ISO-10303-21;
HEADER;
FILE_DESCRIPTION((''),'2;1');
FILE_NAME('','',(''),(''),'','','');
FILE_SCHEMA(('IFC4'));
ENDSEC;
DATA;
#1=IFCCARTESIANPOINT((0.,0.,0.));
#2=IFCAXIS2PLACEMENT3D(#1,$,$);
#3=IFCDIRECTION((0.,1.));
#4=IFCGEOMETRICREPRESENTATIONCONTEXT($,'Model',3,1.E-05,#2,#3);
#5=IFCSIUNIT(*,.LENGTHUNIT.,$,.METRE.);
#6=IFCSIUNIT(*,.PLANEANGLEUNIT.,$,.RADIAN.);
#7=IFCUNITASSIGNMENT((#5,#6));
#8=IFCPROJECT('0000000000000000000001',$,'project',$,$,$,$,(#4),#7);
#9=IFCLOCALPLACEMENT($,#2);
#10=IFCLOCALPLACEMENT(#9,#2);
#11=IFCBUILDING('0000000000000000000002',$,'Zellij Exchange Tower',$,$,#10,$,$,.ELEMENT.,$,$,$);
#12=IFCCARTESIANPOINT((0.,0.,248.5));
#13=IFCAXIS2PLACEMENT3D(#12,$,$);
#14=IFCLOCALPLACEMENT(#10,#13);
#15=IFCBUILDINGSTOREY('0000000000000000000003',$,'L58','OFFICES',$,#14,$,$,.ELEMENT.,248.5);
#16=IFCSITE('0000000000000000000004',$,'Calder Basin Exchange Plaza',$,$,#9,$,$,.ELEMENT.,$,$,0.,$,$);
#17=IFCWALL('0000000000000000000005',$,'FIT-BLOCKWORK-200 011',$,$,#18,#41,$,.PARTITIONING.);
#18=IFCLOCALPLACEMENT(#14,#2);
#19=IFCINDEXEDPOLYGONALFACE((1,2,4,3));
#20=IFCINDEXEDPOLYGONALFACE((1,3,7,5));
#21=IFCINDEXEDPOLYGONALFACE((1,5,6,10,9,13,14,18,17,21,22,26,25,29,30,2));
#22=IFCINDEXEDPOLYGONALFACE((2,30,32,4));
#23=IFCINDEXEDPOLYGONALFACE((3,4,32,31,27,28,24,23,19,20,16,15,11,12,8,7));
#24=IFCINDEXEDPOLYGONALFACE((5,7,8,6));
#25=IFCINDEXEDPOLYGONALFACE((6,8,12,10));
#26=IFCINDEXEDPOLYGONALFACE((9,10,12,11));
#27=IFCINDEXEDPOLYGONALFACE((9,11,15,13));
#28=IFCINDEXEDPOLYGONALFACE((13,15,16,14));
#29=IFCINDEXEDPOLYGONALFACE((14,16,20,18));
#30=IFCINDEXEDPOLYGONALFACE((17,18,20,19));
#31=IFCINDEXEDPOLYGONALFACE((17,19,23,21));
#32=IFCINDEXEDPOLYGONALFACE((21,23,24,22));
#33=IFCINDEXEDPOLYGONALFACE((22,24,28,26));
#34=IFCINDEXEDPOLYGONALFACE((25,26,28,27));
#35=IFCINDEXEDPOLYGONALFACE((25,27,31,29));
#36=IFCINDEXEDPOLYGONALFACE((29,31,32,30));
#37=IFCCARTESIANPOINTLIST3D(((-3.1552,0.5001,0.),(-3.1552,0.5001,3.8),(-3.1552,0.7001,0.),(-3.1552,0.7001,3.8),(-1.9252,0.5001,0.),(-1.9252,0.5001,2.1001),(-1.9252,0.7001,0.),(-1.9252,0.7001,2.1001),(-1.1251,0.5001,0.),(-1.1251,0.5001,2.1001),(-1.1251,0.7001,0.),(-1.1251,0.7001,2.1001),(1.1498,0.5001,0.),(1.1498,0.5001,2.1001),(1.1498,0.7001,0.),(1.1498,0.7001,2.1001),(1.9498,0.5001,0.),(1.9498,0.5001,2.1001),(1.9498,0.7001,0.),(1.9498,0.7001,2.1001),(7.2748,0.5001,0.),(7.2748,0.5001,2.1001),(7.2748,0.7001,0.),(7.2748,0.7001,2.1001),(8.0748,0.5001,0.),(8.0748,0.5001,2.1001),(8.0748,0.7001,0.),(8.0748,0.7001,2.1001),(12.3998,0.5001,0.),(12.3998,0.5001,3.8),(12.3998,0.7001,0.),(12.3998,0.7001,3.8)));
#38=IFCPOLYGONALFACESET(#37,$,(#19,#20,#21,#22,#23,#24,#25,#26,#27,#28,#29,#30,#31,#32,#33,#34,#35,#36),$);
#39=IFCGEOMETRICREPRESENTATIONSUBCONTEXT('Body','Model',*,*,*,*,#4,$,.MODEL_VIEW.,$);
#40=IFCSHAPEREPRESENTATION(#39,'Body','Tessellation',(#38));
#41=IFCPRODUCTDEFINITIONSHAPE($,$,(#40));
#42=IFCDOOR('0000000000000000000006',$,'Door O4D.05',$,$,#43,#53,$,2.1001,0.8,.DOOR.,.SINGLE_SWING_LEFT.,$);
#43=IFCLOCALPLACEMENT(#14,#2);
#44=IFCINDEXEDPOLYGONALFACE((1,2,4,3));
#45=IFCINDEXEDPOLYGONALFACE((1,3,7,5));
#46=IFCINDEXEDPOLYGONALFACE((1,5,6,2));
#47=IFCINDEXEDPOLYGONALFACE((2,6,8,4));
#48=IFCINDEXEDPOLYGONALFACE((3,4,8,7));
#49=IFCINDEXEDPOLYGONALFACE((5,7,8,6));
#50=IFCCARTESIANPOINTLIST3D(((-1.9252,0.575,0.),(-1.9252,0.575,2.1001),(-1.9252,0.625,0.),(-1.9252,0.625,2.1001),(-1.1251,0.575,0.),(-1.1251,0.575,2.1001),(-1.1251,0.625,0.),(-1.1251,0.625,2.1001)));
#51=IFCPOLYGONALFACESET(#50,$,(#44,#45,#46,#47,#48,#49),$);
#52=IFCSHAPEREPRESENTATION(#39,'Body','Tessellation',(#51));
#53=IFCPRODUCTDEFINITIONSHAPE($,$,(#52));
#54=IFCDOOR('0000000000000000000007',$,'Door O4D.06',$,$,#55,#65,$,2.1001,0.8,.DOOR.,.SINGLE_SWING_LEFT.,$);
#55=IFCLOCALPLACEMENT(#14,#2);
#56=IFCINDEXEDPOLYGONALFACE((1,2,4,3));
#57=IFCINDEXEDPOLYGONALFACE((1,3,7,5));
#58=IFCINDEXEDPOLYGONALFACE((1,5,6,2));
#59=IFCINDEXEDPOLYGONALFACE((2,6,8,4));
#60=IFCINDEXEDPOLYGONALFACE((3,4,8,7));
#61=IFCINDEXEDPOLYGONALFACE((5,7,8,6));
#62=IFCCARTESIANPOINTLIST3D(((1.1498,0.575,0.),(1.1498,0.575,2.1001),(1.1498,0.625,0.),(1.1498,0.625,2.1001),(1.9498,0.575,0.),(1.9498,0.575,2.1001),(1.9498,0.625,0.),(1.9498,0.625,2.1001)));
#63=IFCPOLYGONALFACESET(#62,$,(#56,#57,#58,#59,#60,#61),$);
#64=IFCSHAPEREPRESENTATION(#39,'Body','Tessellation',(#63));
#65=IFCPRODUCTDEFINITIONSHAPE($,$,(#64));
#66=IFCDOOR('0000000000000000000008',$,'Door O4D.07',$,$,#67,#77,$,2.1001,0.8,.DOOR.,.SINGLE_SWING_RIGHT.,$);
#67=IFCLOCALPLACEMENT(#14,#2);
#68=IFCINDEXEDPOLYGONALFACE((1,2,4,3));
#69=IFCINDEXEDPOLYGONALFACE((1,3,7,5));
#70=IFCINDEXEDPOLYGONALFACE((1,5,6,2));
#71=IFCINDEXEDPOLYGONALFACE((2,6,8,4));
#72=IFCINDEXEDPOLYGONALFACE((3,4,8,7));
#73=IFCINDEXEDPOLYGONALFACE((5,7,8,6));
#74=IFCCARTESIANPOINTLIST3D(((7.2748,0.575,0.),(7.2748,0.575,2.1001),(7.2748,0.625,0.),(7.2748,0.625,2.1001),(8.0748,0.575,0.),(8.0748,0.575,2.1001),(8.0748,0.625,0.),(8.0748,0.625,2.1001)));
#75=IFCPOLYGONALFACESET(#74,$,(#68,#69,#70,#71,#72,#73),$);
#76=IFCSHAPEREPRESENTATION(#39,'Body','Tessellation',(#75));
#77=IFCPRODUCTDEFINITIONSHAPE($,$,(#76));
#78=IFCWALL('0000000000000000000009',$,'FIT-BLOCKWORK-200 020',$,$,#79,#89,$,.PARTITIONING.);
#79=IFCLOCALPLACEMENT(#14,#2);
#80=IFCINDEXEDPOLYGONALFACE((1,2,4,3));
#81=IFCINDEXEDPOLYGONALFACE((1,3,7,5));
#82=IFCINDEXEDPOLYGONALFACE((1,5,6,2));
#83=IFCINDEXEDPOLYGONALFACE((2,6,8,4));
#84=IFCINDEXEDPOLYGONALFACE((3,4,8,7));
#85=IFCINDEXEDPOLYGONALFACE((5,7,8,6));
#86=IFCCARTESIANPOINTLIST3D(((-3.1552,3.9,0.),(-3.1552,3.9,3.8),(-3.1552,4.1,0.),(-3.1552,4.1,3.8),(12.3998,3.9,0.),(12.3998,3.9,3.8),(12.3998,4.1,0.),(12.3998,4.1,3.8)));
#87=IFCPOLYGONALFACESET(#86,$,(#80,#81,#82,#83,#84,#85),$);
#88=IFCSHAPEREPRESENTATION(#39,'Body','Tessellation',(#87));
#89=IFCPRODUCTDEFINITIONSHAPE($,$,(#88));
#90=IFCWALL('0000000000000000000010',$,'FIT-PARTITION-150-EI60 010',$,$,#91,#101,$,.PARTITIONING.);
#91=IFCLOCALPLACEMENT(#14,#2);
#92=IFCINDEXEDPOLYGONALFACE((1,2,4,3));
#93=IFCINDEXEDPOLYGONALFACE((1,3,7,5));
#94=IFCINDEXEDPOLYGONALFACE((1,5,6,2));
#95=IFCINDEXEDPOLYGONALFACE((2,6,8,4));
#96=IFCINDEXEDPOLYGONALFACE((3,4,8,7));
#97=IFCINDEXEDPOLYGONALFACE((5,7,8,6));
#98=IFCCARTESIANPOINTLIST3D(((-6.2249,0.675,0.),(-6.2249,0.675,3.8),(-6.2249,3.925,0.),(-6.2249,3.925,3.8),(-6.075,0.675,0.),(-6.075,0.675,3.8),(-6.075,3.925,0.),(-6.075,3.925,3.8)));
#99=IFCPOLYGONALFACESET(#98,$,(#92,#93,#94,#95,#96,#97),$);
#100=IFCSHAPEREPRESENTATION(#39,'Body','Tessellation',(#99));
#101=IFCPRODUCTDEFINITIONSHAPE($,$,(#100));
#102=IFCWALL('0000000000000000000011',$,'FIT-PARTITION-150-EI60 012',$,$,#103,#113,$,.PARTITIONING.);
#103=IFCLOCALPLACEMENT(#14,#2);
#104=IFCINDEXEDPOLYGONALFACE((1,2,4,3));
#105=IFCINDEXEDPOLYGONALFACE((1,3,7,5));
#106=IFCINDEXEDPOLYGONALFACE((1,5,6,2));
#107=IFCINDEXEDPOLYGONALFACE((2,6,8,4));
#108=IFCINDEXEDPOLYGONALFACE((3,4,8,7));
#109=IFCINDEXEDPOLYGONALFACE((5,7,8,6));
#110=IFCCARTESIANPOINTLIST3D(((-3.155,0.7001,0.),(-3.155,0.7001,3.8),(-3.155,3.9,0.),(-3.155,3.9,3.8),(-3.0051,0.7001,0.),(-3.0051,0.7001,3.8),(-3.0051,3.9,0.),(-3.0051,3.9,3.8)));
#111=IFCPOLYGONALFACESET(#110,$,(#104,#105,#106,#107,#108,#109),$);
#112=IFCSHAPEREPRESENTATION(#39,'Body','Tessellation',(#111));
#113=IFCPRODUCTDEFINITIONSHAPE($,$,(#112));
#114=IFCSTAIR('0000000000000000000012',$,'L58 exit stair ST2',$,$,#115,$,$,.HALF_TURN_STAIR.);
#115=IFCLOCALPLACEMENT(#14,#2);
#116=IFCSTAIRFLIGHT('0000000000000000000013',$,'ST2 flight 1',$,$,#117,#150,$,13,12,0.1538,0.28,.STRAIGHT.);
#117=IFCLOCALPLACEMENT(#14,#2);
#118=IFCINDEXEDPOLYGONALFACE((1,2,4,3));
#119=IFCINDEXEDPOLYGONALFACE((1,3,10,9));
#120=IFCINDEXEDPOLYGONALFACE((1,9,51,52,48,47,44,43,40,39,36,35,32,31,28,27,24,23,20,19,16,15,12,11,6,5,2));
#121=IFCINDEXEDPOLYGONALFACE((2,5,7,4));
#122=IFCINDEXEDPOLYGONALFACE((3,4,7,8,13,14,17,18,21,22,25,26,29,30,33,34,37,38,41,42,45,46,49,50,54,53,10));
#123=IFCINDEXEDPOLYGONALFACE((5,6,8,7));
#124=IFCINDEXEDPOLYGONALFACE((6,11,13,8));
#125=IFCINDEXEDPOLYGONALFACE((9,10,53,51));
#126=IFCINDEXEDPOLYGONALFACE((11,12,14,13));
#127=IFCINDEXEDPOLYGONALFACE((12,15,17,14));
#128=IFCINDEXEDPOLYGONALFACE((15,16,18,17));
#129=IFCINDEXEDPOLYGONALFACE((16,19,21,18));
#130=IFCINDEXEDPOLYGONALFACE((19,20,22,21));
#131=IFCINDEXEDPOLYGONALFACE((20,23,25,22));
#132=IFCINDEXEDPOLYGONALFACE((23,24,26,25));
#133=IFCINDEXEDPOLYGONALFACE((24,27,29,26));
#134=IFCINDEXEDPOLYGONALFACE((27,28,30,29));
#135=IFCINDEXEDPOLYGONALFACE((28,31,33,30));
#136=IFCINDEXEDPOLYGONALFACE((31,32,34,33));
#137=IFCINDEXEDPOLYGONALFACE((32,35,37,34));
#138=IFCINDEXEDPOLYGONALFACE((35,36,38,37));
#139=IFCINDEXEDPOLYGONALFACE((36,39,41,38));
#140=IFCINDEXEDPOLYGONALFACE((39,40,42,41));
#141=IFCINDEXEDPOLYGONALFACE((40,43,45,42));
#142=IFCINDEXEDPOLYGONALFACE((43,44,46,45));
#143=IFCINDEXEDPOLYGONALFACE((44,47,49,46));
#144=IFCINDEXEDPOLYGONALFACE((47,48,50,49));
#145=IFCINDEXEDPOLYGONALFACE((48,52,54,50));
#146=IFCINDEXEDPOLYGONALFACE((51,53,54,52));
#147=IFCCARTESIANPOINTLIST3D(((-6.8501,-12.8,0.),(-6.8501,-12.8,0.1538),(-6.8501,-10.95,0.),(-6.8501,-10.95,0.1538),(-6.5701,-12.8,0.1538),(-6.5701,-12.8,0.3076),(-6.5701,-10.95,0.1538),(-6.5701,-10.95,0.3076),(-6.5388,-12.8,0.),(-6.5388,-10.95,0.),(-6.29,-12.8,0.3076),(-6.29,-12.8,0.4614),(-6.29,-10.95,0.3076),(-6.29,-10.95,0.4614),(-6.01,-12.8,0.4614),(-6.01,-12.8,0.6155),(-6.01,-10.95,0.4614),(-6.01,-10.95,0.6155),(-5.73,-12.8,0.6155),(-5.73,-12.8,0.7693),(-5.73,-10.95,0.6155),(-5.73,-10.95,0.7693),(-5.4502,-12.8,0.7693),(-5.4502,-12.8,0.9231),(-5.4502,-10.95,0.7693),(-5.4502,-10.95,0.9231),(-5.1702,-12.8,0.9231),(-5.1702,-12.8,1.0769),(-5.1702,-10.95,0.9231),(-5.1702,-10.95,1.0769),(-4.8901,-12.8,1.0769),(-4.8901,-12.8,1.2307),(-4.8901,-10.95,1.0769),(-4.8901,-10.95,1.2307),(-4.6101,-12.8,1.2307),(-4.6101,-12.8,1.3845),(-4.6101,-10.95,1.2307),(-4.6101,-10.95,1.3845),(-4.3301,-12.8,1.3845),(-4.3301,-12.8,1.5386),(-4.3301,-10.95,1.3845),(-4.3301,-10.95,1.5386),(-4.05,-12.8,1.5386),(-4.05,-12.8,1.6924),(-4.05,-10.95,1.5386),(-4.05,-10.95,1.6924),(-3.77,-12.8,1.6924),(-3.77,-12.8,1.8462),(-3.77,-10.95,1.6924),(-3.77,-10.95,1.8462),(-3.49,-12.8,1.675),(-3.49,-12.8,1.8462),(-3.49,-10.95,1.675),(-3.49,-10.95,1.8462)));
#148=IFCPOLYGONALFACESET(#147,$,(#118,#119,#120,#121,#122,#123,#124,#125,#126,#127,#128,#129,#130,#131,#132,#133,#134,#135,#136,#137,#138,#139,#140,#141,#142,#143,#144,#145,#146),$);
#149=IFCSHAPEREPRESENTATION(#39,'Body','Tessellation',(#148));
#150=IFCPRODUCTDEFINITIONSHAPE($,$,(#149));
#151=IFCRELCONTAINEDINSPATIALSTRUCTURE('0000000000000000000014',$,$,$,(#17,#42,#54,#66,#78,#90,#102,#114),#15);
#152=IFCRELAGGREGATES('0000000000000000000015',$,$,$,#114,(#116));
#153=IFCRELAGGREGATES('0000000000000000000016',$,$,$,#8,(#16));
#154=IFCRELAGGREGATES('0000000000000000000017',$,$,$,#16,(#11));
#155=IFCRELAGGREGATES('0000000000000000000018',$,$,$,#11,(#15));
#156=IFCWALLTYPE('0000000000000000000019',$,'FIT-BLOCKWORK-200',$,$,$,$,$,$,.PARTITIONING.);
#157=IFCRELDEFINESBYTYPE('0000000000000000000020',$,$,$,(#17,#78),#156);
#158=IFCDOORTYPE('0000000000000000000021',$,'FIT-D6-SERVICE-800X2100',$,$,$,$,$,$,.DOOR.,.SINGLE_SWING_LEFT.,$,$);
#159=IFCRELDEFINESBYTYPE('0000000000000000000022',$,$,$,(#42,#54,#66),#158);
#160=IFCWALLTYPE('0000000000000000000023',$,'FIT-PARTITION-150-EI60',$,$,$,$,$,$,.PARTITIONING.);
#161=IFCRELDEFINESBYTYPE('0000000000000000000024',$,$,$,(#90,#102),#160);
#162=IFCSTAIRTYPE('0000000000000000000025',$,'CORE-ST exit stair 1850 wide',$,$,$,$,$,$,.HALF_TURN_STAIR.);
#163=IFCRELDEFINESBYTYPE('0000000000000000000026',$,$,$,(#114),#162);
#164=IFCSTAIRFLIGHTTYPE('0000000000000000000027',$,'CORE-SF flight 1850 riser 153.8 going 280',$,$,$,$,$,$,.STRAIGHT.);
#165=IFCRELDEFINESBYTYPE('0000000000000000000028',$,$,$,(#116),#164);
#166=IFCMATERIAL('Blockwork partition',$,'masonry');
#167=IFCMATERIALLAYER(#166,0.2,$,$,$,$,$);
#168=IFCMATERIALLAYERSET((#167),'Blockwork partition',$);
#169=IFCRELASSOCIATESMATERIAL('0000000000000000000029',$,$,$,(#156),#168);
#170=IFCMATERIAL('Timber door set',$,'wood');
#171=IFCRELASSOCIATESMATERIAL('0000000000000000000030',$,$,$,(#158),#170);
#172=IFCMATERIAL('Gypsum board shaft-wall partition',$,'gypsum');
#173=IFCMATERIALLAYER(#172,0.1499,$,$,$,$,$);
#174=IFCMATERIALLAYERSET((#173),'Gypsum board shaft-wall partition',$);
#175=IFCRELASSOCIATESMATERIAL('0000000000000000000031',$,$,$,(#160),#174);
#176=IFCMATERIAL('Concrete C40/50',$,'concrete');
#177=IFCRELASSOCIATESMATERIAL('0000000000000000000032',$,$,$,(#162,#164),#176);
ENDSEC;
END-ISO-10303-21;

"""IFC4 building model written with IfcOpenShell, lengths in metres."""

from ifc_helpers import new_model, si_unit, direction, frame, frame_2d, origin, place, context, subcontext, project, spatial, polyline, rectangle, outline, extrude, material, layer, layer_set, type_object, element, fill, aggregate, save


model = new_model("IFC4")

# Units and contexts
model_context = context("Model", 3, precision=1e-05, world=origin(), true_north=direction((0.0, 1.0)))
body_context = subcontext(model_context, "Body", "Model", "MODEL_VIEW")
ifc_project = project(units=[si_unit("LENGTHUNIT", "METRE"), si_unit("PLANEANGLEUNIT", "RADIAN")], contexts=[model_context])

# Site, building, storey
site_placement = place(None, origin())
site = spatial("IfcSite", under=ifc_project, at=site_placement, Name="Calder Basin Exchange Plaza", CompositionType="ELEMENT", RefElevation=0.0)
building_placement = place(site_placement, origin())
building = spatial("IfcBuilding", under=site, at=building_placement, Name="Zellij Exchange Tower", CompositionType="ELEMENT")
storey_placement = place(building_placement, frame((0.0, 0.0, 248.5)))
storey = spatial("IfcBuildingStorey", under=building, at=storey_placement, Name="L58", Description="OFFICES", CompositionType="ELEMENT", Elevation=248.5)

# Shared definitions
ifc_material_1 = material(Name="Concrete C40/50", Category="concrete")

# Wall, openings, doors
ifc_material_2 = material(Name="Blockwork partition", Category="masonry")
ifc_layer_1 = layer(ifc_material_2, 0.2)
ifc_layer_set_1 = layer_set([ifc_layer_1], Name="Blockwork partition")
wall_type_1 = type_object("IfcWallType", Name="FIT-BLOCKWORK-200", PredefinedType="PARTITIONING", material=ifc_layer_set_1)
wall_1_placement = place(storey_placement, frame((-3.155, 0.6001, 0.0), z_axis=(0.0, 0.0, 1.0), x_axis=(1.0, 0.0, 0.0)))
wall_1 = element("IfcWall", 1, at=wall_1_placement, inside=storey, type_object=wall_type_1, Name="FIT-BLOCKWORK-200 011", PredefinedType="PARTITIONING", context=body_context, shape_type="SweptSolid", body=[
    extrude(rectangle(XDim=15.5549, YDim=0.2, at=frame_2d((7.7773, 0.0))), origin(), (0.0, 0.0, 1.0), 3.8),
])
opening_1_placement = place(wall_1_placement, frame((1.23, 0.0, 0.0)))
opening_1 = element("IfcOpeningElement", 2, at=opening_1_placement, cuts=wall_1, PredefinedType="OPENING", context=body_context, shape_type="SweptSolid", body=[
    extrude(rectangle(XDim=0.8, YDim=2.1001, at=frame_2d((0.3999, 1.05))), frame((0.0, 0.1118, 0.0), z_axis=(0.0, -1.0, 0.0), x_axis=(1.0, 0.0, 0.0)), (0.0, 0.0, 1.0), 0.2239),
])
opening_2_placement = place(wall_1_placement, frame((4.3049, 0.0, 0.0)))
opening_2 = element("IfcOpeningElement", 3, at=opening_2_placement, cuts=wall_1, PredefinedType="OPENING", context=body_context, shape_type="SweptSolid", body=[
    extrude(rectangle(XDim=0.8, YDim=2.1001, at=frame_2d((0.3999, 1.05))), frame((0.0, 0.1118, 0.0), z_axis=(0.0, -1.0, 0.0), x_axis=(1.0, 0.0, 0.0)), (0.0, 0.0, 1.0), 0.2239),
])
opening_3_placement = place(wall_1_placement, frame((10.4299, 0.0, 0.0)))
opening_3 = element("IfcOpeningElement", 4, at=opening_3_placement, cuts=wall_1, PredefinedType="OPENING", context=body_context, shape_type="SweptSolid", body=[
    extrude(rectangle(XDim=0.8, YDim=2.1001, at=frame_2d((0.3999, 1.05))), frame((0.0, 0.1118, 0.0), z_axis=(0.0, -1.0, 0.0), x_axis=(1.0, 0.0, 0.0)), (0.0, 0.0, 1.0), 0.2239),
])
ifc_material_3 = material(Name="Timber door set", Category="wood")
door_type_1 = type_object("IfcDoorType", Name="FIT-D6-SERVICE-800X2100", OperationType="SINGLE_SWING_LEFT", PredefinedType="DOOR", material=ifc_material_3)
door_1_placement = place(opening_1_placement, origin())
door_1 = element("IfcDoor", 5, at=door_1_placement, inside=storey, type_object=door_type_1, Name="Door O4D.05", OperationType="SINGLE_SWING_LEFT", OverallHeight=2.1001, OverallWidth=0.8, PredefinedType="DOOR", context=body_context, shape_type="SweptSolid", body=[
    extrude(rectangle(XDim=0.8, YDim=2.1001, at=frame_2d((0.3999, 1.05))), frame((0.0, 0.0249, 0.0), z_axis=(0.0, -1.0, 0.0), x_axis=(1.0, 0.0, 0.0)), (0.0, 0.0, 1.0), 0.05),
])
fill(opening_1, door_1)
door_2_placement = place(opening_2_placement, origin())
door_2 = element("IfcDoor", 6, at=door_2_placement, inside=storey, type_object=door_type_1, Name="Door O4D.06", OperationType="SINGLE_SWING_LEFT", OverallHeight=2.1001, OverallWidth=0.8, PredefinedType="DOOR", context=body_context, shape_type="SweptSolid", body=[
    extrude(rectangle(XDim=0.8, YDim=2.1001, at=frame_2d((0.3999, 1.05))), frame((0.0, 0.0249, 0.0), z_axis=(0.0, -1.0, 0.0), x_axis=(1.0, 0.0, 0.0)), (0.0, 0.0, 1.0), 0.05),
])
fill(opening_2, door_2)
door_3_placement = place(opening_3_placement, origin())
door_3 = element("IfcDoor", 7, at=door_3_placement, inside=storey, type_object=door_type_1, Name="Door O4D.07", OperationType="SINGLE_SWING_RIGHT", OverallHeight=2.1001, OverallWidth=0.8, PredefinedType="DOOR", context=body_context, shape_type="SweptSolid", body=[
    extrude(rectangle(XDim=0.8, YDim=2.1001, at=frame_2d((0.3999, 1.05))), frame((0.0, 0.0249, 0.0), z_axis=(0.0, -1.0, 0.0), x_axis=(1.0, 0.0, 0.0)), (0.0, 0.0, 1.0), 0.05),
])
fill(opening_3, door_3)

# Walls
wall_2_placement = place(storey_placement, frame((-3.155, 4.0, 0.0), z_axis=(0.0, 0.0, 1.0), x_axis=(1.0, 0.0, 0.0)))
element("IfcWall", 8, at=wall_2_placement, inside=storey, type_object=wall_type_1, Name="FIT-BLOCKWORK-200 020", PredefinedType="PARTITIONING", context=body_context, shape_type="SweptSolid", body=[
    extrude(rectangle(XDim=15.5549, YDim=0.2, at=frame_2d((7.7773, 0.0))), origin(), (0.0, 0.0, 1.0), 3.8),
])
ifc_material_4 = material(Name="Gypsum board shaft-wall partition", Category="gypsum")
ifc_layer_2 = layer(ifc_material_4, 0.1499)
ifc_layer_set_2 = layer_set([ifc_layer_2], Name="Gypsum board shaft-wall partition")
wall_type_2 = type_object("IfcWallType", Name="FIT-PARTITION-150-EI60", PredefinedType="PARTITIONING", material=ifc_layer_set_2)
wall_3_placement = place(storey_placement, frame((-6.1499, 0.675, 0.0), z_axis=(0.0, 0.0, 1.0), x_axis=(0.0, 1.0, 0.0)))
element("IfcWall", 9, at=wall_3_placement, inside=storey, type_object=wall_type_2, Name="FIT-PARTITION-150-EI60 010", PredefinedType="PARTITIONING", context=body_context, shape_type="SweptSolid", body=[
    extrude(rectangle(XDim=3.25, YDim=0.1499, at=frame_2d((1.625, 0.0))), origin(), (0.0, 0.0, 1.0), 3.8),
])
wall_4_placement = place(storey_placement, frame((-3.0801, 0.7, 0.0), z_axis=(0.0, 0.0, 1.0), x_axis=(0.0, 1.0, 0.0)))
element("IfcWall", 10, at=wall_4_placement, inside=storey, type_object=wall_type_2, Name="FIT-PARTITION-150-EI60 012", PredefinedType="PARTITIONING", context=body_context, shape_type="SweptSolid", body=[
    extrude(rectangle(XDim=3.2, YDim=0.1499, at=frame_2d((1.6001, 0.0))), origin(), (0.0, 0.0, 1.0), 3.8),
])

# Stair, stair flight
stair_type = type_object("IfcStairType", Name="CORE-ST exit stair 1850 wide", PredefinedType="HALF_TURN_STAIR", material=ifc_material_1)
stair_placement = place(storey_placement, origin())
stair = element("IfcStair", 11, at=stair_placement, inside=storey, type_object=stair_type, Name="L58 exit stair ST2", PredefinedType="HALF_TURN_STAIR")
stair_flight_type = type_object("IfcStairFlightType", Name="CORE-SF flight 1850 riser 153.8 going 280", PredefinedType="STRAIGHT", material=ifc_material_1)
stair_flight_1_placement = place(storey_placement, frame((-6.8501, -11.875, 0.0), z_axis=(0.0, 0.0, 1.0), x_axis=(1.0, 0.0, 0.0)))
stair_flight_1 = element("IfcStairFlight", 12, at=stair_flight_1_placement, type_object=stair_flight_type, Name="ST2 flight 1", NumberOfRisers=13, NumberOfTreads=12, PredefinedType="STRAIGHT", RiserHeight=0.1538, TreadLength=0.28, context=body_context, shape_type="SweptSolid", body=[
    extrude(outline(polyline([(0.0, 0.0), (0.0, 0.1538), (0.28, 0.1538), (0.28, 0.3076), (0.5601, 0.3076), (0.5601, 0.4614), (0.8401, 0.4614), (0.8401, 0.6155), (1.1201, 0.6155), (1.1201, 0.7693), (1.3999, 0.7693), (1.3999, 0.9231), (1.6799, 0.9231), (1.6799, 1.0769), (1.96, 1.0769), (1.96, 1.2307), (2.24, 1.2307), (2.24, 1.3845), (2.52, 1.3845), (2.52, 1.5386), (2.8, 1.5386), (2.8, 1.6924), (3.0801, 1.6924), (3.0801, 1.8462), (3.3601, 1.8462), (3.3601, 2.0), (3.3601, 1.675), (0.3113, 0.0), (0.0, 0.0)])), frame((0.0, 0.925, 0.0), z_axis=(0.0, -1.0, 0.0), x_axis=(1.0, 0.0, 0.0)), (0.0, 0.0, 1.0), 1.8501),
])
aggregate(stair, [stair_flight_1])

save(model, "model.ifc")
